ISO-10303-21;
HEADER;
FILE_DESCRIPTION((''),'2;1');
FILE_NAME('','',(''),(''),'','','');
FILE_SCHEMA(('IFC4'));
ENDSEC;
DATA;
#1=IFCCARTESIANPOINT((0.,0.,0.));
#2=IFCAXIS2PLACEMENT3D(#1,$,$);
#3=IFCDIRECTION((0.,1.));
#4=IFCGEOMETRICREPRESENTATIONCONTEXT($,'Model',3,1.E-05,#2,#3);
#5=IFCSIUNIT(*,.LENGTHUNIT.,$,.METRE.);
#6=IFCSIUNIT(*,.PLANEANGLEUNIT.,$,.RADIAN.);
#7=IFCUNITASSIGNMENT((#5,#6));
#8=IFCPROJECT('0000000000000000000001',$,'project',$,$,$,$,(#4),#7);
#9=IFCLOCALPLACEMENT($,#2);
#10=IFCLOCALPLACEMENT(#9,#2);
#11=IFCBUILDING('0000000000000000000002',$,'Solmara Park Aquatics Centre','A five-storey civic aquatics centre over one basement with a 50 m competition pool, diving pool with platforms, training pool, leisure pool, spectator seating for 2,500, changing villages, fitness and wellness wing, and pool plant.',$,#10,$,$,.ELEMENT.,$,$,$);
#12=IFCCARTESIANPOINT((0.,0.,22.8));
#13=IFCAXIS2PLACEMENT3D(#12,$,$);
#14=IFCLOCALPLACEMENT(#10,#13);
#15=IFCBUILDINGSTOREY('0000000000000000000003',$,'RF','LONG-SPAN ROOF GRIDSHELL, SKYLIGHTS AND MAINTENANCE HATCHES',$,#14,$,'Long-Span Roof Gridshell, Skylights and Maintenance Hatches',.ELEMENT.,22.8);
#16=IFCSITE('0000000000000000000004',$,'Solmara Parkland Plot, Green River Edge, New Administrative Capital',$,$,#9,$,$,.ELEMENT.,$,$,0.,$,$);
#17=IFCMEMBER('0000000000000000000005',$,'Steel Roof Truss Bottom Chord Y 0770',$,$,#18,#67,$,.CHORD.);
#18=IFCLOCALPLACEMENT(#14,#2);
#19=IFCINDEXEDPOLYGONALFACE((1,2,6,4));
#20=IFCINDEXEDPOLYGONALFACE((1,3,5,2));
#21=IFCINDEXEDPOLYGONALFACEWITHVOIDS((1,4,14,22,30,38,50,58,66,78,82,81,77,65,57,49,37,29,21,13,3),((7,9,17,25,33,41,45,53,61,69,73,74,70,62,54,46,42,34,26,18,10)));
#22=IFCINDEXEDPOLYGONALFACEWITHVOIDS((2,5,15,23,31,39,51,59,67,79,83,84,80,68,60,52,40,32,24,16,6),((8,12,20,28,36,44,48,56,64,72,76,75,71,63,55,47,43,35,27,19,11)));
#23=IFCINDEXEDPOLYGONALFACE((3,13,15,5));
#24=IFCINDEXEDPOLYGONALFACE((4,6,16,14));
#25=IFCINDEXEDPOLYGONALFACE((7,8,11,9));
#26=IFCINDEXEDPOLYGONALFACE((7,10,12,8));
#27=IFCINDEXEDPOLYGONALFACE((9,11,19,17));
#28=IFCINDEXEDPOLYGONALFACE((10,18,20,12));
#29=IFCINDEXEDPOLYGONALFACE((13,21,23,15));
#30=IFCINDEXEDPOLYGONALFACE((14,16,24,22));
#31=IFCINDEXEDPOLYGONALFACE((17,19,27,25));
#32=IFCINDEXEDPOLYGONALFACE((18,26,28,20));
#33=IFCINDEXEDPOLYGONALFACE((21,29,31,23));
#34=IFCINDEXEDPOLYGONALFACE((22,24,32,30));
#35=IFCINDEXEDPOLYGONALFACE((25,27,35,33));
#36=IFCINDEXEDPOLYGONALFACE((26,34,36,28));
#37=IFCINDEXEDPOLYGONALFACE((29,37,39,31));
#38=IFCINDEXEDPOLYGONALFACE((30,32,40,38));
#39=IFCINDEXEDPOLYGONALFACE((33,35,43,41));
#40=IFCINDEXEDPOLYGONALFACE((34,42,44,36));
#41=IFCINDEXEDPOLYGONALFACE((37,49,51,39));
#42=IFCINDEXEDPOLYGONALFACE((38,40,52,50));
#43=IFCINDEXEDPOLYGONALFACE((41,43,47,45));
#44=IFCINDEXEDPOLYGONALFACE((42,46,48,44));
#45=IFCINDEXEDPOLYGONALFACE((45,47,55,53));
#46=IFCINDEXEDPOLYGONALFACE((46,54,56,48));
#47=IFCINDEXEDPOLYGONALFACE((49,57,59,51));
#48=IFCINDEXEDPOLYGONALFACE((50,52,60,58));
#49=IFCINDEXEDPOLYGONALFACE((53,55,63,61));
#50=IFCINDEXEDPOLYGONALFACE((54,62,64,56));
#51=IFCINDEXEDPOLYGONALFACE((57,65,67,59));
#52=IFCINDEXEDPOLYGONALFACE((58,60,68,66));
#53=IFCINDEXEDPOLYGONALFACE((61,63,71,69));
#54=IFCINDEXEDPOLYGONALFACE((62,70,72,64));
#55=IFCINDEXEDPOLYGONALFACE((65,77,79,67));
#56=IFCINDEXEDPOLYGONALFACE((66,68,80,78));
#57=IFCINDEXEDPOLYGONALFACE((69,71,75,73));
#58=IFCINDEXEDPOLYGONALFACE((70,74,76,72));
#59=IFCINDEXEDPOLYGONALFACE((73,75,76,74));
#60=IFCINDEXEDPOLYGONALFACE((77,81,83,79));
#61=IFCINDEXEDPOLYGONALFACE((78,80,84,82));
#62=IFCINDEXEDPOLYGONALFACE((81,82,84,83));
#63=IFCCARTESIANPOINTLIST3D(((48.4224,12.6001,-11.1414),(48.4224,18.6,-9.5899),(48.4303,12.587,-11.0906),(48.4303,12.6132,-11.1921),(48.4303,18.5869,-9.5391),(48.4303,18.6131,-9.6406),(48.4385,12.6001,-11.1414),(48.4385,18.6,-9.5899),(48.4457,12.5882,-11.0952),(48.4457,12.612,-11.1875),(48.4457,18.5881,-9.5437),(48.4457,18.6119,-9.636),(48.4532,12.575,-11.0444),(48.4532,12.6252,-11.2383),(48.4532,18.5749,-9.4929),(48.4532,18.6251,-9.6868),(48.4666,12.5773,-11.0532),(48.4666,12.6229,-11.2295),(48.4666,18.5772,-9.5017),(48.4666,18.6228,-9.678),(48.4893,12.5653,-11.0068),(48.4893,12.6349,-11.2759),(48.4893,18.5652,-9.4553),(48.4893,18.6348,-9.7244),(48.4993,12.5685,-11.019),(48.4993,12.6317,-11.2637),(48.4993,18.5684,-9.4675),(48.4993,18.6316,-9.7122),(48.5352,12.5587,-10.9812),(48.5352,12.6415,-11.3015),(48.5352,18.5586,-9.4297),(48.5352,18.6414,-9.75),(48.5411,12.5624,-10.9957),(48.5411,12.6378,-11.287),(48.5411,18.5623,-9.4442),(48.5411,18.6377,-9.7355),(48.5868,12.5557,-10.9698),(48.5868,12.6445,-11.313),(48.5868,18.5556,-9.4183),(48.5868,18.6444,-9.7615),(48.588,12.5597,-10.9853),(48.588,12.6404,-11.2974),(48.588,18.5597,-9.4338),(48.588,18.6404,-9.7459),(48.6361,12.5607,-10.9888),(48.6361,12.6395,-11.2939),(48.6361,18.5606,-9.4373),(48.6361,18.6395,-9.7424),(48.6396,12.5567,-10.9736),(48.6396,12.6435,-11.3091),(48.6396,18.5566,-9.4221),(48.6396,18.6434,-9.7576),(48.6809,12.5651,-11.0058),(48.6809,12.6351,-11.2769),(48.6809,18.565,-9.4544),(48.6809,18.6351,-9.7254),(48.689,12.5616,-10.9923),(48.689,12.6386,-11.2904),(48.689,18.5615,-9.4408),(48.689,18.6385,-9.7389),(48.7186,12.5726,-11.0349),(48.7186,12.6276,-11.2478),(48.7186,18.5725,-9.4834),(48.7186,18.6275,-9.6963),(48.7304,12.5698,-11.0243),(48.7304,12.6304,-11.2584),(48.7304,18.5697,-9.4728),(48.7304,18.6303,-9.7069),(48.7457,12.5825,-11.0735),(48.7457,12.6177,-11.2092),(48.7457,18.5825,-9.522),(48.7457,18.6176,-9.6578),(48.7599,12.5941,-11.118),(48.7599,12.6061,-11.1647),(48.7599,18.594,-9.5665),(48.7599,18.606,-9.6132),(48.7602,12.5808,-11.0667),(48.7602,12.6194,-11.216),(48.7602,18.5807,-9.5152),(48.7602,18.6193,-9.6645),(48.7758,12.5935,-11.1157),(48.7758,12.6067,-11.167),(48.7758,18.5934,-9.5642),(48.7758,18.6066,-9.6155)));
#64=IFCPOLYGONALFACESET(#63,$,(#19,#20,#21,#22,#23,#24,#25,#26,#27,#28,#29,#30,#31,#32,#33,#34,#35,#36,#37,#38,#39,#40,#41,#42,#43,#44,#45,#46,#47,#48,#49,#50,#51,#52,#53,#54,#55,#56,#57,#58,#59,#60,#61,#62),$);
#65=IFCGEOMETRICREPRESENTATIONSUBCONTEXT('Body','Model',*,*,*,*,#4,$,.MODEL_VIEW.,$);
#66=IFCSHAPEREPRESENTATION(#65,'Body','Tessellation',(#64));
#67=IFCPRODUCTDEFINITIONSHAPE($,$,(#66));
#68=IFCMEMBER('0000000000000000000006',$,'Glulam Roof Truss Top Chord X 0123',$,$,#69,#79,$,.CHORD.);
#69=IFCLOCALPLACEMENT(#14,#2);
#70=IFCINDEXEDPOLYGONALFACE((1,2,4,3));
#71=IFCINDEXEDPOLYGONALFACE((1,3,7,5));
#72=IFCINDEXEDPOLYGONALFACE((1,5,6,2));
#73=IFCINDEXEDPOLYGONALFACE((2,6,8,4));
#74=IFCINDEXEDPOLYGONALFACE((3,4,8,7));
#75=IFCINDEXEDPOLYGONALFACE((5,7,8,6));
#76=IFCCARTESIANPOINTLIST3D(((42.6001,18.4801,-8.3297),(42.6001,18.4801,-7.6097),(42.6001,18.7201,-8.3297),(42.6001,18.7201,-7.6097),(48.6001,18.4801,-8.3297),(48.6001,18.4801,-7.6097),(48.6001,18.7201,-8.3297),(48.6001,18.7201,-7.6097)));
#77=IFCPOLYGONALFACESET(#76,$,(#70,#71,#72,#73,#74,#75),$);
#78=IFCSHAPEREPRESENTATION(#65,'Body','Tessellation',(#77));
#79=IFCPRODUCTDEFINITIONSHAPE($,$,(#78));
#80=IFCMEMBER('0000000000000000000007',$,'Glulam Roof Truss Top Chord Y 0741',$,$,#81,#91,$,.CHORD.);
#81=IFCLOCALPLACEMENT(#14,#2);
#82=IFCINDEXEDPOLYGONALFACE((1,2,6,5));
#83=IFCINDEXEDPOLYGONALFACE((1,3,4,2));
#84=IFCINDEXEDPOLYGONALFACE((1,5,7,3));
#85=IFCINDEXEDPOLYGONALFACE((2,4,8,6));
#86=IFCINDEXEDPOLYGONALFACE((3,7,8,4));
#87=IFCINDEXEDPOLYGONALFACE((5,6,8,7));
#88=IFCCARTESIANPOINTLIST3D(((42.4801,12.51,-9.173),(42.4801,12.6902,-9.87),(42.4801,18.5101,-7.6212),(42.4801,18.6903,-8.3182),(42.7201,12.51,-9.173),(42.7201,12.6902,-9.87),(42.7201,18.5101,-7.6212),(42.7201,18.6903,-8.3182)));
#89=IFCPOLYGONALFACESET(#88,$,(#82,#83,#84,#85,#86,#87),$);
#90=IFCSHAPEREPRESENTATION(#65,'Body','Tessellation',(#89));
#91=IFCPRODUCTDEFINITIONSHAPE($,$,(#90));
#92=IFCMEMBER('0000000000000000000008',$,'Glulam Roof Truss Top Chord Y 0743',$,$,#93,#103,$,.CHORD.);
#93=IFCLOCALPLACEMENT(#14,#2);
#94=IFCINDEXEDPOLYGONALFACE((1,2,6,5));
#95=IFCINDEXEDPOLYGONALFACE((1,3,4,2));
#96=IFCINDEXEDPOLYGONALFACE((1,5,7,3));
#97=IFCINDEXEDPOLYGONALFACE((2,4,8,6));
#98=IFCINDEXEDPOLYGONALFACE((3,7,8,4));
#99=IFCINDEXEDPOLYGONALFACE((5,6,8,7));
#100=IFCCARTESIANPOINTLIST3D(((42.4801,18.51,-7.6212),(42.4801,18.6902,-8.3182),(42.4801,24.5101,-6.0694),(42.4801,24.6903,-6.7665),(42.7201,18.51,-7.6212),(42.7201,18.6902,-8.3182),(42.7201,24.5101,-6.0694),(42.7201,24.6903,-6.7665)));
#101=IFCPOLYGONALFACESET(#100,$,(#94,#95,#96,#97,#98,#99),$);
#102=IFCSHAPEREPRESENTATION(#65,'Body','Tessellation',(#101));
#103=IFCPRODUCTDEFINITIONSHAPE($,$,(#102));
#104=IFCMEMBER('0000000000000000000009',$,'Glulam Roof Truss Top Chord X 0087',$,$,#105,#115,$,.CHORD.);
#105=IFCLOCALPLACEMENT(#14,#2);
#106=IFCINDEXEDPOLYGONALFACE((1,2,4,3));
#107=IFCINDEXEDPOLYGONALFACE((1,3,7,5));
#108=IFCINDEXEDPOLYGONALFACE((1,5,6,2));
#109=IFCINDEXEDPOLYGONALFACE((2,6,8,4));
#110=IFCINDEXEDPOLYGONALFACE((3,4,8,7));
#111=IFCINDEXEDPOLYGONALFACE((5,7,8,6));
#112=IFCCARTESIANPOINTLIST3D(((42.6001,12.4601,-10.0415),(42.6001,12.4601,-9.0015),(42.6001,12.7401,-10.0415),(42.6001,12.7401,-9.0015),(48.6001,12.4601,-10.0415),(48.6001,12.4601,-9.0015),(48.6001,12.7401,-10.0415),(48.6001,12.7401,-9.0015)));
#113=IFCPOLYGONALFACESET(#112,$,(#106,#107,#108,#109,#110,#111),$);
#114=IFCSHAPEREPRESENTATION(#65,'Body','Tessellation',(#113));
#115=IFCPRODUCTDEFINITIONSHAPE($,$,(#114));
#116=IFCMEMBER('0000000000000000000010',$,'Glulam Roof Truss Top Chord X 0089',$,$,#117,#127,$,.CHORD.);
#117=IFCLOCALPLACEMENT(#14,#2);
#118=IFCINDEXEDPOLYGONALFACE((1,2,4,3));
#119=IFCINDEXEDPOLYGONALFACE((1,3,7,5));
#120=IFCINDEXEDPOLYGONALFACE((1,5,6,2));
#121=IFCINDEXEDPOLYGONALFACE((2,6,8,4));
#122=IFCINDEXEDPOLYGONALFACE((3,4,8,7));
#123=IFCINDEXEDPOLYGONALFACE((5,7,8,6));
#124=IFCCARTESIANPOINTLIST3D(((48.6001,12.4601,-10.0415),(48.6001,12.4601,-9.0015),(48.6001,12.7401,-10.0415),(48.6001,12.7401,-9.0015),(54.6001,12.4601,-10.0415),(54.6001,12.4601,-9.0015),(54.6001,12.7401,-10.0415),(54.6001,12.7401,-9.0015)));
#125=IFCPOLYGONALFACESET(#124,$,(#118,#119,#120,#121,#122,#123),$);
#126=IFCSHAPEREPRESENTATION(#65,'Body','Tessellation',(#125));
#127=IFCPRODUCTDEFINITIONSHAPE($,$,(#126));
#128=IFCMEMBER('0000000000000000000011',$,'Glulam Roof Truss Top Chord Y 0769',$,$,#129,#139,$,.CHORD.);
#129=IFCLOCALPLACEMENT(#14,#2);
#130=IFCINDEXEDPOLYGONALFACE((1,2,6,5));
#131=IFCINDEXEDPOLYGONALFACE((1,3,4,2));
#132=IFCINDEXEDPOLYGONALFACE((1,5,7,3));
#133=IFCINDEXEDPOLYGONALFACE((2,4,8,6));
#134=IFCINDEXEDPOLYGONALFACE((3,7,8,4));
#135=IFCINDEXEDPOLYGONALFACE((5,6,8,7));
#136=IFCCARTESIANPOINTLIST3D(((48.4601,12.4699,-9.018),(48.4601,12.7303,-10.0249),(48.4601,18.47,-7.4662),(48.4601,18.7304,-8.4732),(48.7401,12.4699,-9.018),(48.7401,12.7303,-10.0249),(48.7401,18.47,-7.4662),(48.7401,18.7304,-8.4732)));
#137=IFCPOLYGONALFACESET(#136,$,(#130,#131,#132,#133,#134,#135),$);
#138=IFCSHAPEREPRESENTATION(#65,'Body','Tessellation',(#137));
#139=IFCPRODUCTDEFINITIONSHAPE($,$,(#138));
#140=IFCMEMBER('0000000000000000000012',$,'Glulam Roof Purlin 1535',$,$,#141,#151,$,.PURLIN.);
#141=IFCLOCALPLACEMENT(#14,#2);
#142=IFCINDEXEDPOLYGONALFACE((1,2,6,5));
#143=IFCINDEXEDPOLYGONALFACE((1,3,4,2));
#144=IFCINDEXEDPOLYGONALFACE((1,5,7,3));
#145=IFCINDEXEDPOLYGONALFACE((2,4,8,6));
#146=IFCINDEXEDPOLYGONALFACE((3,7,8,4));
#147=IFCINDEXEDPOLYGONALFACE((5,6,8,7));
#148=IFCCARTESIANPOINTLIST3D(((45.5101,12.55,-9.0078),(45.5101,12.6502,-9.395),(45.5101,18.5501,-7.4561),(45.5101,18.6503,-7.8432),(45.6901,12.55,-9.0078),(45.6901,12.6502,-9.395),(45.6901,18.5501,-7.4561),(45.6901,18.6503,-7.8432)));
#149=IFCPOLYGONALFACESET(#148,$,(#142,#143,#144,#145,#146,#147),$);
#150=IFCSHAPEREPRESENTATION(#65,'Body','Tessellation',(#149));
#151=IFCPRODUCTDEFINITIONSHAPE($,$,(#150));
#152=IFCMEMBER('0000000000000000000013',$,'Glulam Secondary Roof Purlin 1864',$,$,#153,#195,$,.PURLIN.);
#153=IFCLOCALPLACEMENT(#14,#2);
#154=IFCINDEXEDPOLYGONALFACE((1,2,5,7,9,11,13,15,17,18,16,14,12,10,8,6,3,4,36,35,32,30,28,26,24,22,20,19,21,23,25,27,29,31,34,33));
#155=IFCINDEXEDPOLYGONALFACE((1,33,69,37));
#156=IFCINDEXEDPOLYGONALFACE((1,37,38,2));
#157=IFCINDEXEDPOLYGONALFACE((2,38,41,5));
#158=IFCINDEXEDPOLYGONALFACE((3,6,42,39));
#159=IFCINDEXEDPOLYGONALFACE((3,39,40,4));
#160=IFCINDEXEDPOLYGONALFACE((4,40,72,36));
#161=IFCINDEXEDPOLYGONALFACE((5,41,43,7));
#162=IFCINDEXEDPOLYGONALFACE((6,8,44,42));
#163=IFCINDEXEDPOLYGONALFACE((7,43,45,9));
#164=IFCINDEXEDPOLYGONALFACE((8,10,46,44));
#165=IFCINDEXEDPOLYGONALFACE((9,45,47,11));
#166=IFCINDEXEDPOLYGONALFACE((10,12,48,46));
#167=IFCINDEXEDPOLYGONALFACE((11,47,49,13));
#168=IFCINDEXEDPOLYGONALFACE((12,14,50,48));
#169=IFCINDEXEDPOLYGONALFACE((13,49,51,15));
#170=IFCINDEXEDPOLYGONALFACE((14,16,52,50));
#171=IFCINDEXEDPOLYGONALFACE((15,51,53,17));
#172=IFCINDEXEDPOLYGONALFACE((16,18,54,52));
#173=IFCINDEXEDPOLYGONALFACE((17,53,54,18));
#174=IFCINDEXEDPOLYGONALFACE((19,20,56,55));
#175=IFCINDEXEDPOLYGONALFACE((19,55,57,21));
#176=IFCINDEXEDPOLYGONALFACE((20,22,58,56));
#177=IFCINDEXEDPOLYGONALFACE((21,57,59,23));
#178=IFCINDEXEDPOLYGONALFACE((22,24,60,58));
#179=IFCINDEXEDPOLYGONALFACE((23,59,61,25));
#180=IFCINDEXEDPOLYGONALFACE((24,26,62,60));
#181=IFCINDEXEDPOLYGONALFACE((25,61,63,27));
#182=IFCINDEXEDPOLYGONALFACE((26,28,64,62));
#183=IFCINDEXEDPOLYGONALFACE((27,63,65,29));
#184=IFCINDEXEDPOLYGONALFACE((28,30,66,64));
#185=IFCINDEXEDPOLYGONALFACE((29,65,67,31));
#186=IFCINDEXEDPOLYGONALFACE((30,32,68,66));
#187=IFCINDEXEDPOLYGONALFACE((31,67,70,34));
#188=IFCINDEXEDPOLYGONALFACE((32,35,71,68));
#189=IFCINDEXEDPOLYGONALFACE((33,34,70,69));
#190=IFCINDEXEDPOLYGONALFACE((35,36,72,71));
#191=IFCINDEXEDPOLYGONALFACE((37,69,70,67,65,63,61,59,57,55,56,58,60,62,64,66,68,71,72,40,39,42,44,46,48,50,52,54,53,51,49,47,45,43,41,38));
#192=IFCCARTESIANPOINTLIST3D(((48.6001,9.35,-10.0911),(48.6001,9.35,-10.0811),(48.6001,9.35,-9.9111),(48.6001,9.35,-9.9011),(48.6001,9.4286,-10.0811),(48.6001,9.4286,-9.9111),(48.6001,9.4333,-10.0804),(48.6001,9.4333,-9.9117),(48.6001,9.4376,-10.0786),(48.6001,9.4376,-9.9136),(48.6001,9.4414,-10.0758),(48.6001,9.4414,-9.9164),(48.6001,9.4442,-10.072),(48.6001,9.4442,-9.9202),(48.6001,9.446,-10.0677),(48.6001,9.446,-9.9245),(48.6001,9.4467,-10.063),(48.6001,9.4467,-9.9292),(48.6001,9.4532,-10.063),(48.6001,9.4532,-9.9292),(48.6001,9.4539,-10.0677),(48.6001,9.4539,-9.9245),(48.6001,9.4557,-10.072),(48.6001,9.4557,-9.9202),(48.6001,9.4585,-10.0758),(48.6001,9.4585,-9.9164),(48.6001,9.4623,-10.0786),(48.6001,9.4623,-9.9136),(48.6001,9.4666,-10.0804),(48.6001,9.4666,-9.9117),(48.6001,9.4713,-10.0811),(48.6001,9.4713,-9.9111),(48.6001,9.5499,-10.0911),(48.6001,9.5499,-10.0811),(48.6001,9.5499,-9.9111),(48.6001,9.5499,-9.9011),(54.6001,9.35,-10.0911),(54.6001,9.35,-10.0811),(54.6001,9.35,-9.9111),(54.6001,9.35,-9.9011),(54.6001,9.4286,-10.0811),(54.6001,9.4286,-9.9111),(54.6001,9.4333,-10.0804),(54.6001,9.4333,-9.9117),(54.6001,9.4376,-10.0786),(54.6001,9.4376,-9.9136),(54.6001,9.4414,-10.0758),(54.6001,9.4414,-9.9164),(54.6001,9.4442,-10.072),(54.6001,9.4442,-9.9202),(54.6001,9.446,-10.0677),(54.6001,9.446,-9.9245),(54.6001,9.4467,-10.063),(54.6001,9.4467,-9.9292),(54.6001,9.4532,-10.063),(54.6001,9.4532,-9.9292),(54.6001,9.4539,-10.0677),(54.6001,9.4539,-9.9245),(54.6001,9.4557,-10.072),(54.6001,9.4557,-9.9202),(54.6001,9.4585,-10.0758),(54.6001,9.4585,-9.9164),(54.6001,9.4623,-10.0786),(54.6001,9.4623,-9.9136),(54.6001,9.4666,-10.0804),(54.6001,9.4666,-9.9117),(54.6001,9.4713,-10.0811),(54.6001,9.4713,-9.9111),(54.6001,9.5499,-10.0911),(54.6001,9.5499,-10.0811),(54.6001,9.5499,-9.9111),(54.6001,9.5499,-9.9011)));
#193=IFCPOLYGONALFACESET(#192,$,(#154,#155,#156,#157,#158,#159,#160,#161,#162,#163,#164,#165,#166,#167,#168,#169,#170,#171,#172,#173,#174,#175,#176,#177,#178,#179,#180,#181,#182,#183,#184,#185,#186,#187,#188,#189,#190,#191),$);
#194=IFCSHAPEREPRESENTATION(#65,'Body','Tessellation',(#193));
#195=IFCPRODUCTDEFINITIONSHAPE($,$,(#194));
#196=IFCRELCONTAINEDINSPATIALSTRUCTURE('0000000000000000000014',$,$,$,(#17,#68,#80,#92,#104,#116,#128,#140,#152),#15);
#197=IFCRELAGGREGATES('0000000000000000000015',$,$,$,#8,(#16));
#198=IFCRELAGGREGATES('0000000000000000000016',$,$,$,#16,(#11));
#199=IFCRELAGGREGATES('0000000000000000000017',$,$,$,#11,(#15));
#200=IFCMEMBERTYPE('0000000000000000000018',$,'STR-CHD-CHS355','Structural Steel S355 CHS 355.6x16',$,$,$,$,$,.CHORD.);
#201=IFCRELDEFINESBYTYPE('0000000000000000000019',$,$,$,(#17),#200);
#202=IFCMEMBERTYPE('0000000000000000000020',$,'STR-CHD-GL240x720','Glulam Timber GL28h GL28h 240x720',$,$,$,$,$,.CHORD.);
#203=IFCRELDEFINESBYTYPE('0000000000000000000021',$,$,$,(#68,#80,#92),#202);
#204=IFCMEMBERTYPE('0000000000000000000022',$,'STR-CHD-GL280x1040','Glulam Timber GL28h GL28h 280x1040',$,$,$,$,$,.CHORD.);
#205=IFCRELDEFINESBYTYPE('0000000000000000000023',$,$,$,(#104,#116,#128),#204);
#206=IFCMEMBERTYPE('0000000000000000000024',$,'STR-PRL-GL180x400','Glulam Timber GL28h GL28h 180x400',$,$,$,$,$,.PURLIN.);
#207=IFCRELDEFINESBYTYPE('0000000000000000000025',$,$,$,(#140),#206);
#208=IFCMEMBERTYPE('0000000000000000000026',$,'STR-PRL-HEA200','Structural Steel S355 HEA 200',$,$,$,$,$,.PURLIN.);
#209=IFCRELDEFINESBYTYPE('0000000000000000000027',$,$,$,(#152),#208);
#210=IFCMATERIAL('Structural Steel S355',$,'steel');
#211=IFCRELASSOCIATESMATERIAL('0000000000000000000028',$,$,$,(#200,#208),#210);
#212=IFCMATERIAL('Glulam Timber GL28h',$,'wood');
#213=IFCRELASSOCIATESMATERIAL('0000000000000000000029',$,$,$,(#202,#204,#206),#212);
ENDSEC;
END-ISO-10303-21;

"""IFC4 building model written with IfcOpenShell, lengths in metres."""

from ifc_helpers import new_model, si_unit, direction, frame, origin, origin_2d, place, context, subcontext, project, spatial, rectangle, hollow_circle, i_section, extrude, material, material_profile, profile_set, type_object, element, save


model = new_model("IFC4")

# Units and contexts
model_context = context("Model", 3, precision=1e-05, world=origin(), true_north=direction((0.0, 1.0)))
body_context = subcontext(model_context, "Body", "Model", "MODEL_VIEW")
ifc_project = project(units=[si_unit("LENGTHUNIT", "METRE"), si_unit("PLANEANGLEUNIT", "RADIAN")], contexts=[model_context])

# Site, building, storey
site_placement = place(None, origin())
site = spatial("IfcSite", under=ifc_project, at=site_placement, Name="Solmara Parkland Plot, Green River Edge, New Administrative Capital", CompositionType="ELEMENT", RefElevation=0.0)
building_placement = place(site_placement, origin())
building = spatial("IfcBuilding", under=site, at=building_placement, Name="Solmara Park Aquatics Centre", Description="A five-storey civic aquatics centre over one basement with a 50 m competition pool, diving pool with platforms, training pool, leisure pool, spectator seating for 2,500, changing villages, fitness and wellness wing, and pool plant.", CompositionType="ELEMENT")
storey_placement = place(building_placement, frame((0.0, 0.0, 22.8)))
storey = spatial("IfcBuildingStorey", under=building, at=storey_placement, Name="RF", Description="LONG-SPAN ROOF GRIDSHELL, SKYLIGHTS AND MAINTENANCE HATCHES", LongName="Long-Span Roof Gridshell, Skylights and Maintenance Hatches", CompositionType="ELEMENT", Elevation=22.8)

# Members
ifc_material_1 = material(Name="Structural Steel S355", Category="steel")
ifc_material_profile_1 = material_profile(ifc_material_1, hollow_circle(Radius=0.1777, WallThickness=0.0161, at=origin_2d()), Name="CHS 355.6x16")
ifc_profile_set_1 = profile_set([ifc_material_profile_1], Name="Structural Steel S355")
member_type_1 = type_object("IfcMemberType", Name="STR-CHD-CHS355", Description="Structural Steel S355 CHS 355.6x16", PredefinedType="CHORD", material=ifc_profile_set_1)
member_1_placement = place(storey_placement, frame((48.6001, 12.6001, -11.1414), z_axis=(0.0, 0.968155, 0.250351), x_axis=(-1.0, 0.0, 0.0)))
element("IfcMember", 1, at=member_1_placement, inside=storey, type_object=member_type_1, Name="Steel Roof Truss Bottom Chord Y 0770", PredefinedType="CHORD", context=body_context, shape_type="SweptSolid", body=[
    extrude(hollow_circle(Radius=0.1777, WallThickness=0.0161, at=origin_2d()), origin(), (0.0, 0.0, 1.0), 6.1973),
])
ifc_material_2 = material(Name="Glulam Timber GL28h", Category="wood")
ifc_material_profile_2 = material_profile(ifc_material_2, rectangle(XDim=0.24, YDim=0.72, at=origin_2d()), Name="GL28h 240x720")
ifc_profile_set_2 = profile_set([ifc_material_profile_2], Name="Glulam Timber GL28h")
member_type_2 = type_object("IfcMemberType", Name="STR-CHD-GL240x720", Description="Glulam Timber GL28h GL28h 240x720", PredefinedType="CHORD", material=ifc_profile_set_2)
member_2_placement = place(storey_placement, frame((42.6001, 18.6001, -7.9697), z_axis=(1.0, 0.0, 0.0), x_axis=(0.0, 1.0, 0.0)))
element("IfcMember", 2, at=member_2_placement, inside=storey, type_object=member_type_2, Name="Glulam Roof Truss Top Chord X 0123", PredefinedType="CHORD", context=body_context, shape_type="SweptSolid", body=[
    extrude(rectangle(XDim=0.24, YDim=0.72, at=origin_2d()), origin(), (0.0, 0.0, 1.0), 6.0),
])
for number, where, z_axis, x_axis, name in (
    (3, (42.6001, 12.6001, -9.5215), (0.0, 0.968146, 0.250388), (-1.0, 0.0, 0.0), "Glulam Roof Truss Top Chord Y 0741"),
    (4, (42.6001, 18.6001, -7.9697), (0.0, 0.968146, 0.250388), (-1.0, 0.0, 0.0), "Glulam Roof Truss Top Chord Y 0743"),
):
    element("IfcMember", number, at=place(storey_placement, frame(where, z_axis=z_axis, x_axis=x_axis)), inside=storey, type_object=member_type_2, Name=name, PredefinedType="CHORD", context=body_context, shape_type="SweptSolid", body=[
        extrude(rectangle(XDim=0.24, YDim=0.72, at=origin_2d()), origin(), (0.0, 0.0, 1.0), 6.1975),
    ])
ifc_material_profile_3 = material_profile(ifc_material_2, rectangle(XDim=0.28, YDim=1.04, at=origin_2d()), Name="GL28h 280x1040")
ifc_profile_set_3 = profile_set([ifc_material_profile_3], Name="Glulam Timber GL28h")
member_type_3 = type_object("IfcMemberType", Name="STR-CHD-GL280x1040", Description="Glulam Timber GL28h GL28h 280x1040", PredefinedType="CHORD", material=ifc_profile_set_3)
for number, where, z_axis, x_axis, name in (
    (5, (42.6001, 12.6001, -9.5215), (1.0, 0.0, 0.0), (0.0, 1.0, 0.0), "Glulam Roof Truss Top Chord X 0087"),
    (6, (48.6001, 12.6001, -9.5215), (1.0, 0.0, 0.0), (0.0, 1.0, 0.0), "Glulam Roof Truss Top Chord X 0089"),
):
    element("IfcMember", number, at=place(storey_placement, frame(where, z_axis=z_axis, x_axis=x_axis)), inside=storey, type_object=member_type_3, Name=name, PredefinedType="CHORD", context=body_context, shape_type="SweptSolid", body=[
        extrude(rectangle(XDim=0.28, YDim=1.04, at=origin_2d()), origin(), (0.0, 0.0, 1.0), 6.0),
    ])
member_3_placement = place(storey_placement, frame((48.6001, 12.6001, -9.5215), z_axis=(0.0, 0.968146, 0.250388), x_axis=(-1.0, 0.0, 0.0)))
element("IfcMember", 7, at=member_3_placement, inside=storey, type_object=member_type_3, Name="Glulam Roof Truss Top Chord Y 0769", PredefinedType="CHORD", context=body_context, shape_type="SweptSolid", body=[
    extrude(rectangle(XDim=0.28, YDim=1.04, at=origin_2d()), origin(), (0.0, 0.0, 1.0), 6.1975),
])
ifc_material_profile_4 = material_profile(ifc_material_2, rectangle(XDim=0.1799, YDim=0.3999, at=origin_2d()), Name="GL28h 180x400")
ifc_profile_set_4 = profile_set([ifc_material_profile_4], Name="Glulam Timber GL28h")
member_type_4 = type_object("IfcMemberType", Name="STR-PRL-GL180x400", Description="Glulam Timber GL28h GL28h 180x400", PredefinedType="PURLIN", material=ifc_profile_set_4)
member_4_placement = place(storey_placement, frame((45.6001, 12.6001, -9.2014), z_axis=(0.0, 0.968146, 0.250388), x_axis=(-1.0, 0.0, 0.0)))
element("IfcMember", 8, at=member_4_placement, inside=storey, type_object=member_type_4, Name="Glulam Roof Purlin 1535", PredefinedType="PURLIN", context=body_context, shape_type="SweptSolid", body=[
    extrude(rectangle(XDim=0.1799, YDim=0.3999, at=origin_2d()), origin(), (0.0, 0.0, 1.0), 6.1975),
])
ifc_material_profile_5 = material_profile(ifc_material_1, i_section(OverallWidth=0.2, OverallDepth=0.1899, WebThickness=0.0066, FlangeThickness=0.01, FilletRadius=0.0181, at=origin_2d()), Name="HEA 200")
ifc_profile_set_5 = profile_set([ifc_material_profile_5], Name="Structural Steel S355")
member_type_5 = type_object("IfcMemberType", Name="STR-PRL-HEA200", Description="Structural Steel S355 HEA 200", PredefinedType="PURLIN", material=ifc_profile_set_5)
member_5_placement = place(storey_placement, frame((48.6001, 9.45, -9.9961), z_axis=(1.0, 0.0, 0.0), x_axis=(0.0, 1.0, 0.0)))
element("IfcMember", 9, at=member_5_placement, inside=storey, type_object=member_type_5, Name="Glulam Secondary Roof Purlin 1864", PredefinedType="PURLIN", context=body_context, shape_type="SweptSolid", body=[
    extrude(i_section(OverallWidth=0.2, OverallDepth=0.1899, WebThickness=0.0066, FlangeThickness=0.01, FilletRadius=0.0181, at=origin_2d()), origin(), (0.0, 0.0, 1.0), 6.0),
])

save(model, "model.ifc")
